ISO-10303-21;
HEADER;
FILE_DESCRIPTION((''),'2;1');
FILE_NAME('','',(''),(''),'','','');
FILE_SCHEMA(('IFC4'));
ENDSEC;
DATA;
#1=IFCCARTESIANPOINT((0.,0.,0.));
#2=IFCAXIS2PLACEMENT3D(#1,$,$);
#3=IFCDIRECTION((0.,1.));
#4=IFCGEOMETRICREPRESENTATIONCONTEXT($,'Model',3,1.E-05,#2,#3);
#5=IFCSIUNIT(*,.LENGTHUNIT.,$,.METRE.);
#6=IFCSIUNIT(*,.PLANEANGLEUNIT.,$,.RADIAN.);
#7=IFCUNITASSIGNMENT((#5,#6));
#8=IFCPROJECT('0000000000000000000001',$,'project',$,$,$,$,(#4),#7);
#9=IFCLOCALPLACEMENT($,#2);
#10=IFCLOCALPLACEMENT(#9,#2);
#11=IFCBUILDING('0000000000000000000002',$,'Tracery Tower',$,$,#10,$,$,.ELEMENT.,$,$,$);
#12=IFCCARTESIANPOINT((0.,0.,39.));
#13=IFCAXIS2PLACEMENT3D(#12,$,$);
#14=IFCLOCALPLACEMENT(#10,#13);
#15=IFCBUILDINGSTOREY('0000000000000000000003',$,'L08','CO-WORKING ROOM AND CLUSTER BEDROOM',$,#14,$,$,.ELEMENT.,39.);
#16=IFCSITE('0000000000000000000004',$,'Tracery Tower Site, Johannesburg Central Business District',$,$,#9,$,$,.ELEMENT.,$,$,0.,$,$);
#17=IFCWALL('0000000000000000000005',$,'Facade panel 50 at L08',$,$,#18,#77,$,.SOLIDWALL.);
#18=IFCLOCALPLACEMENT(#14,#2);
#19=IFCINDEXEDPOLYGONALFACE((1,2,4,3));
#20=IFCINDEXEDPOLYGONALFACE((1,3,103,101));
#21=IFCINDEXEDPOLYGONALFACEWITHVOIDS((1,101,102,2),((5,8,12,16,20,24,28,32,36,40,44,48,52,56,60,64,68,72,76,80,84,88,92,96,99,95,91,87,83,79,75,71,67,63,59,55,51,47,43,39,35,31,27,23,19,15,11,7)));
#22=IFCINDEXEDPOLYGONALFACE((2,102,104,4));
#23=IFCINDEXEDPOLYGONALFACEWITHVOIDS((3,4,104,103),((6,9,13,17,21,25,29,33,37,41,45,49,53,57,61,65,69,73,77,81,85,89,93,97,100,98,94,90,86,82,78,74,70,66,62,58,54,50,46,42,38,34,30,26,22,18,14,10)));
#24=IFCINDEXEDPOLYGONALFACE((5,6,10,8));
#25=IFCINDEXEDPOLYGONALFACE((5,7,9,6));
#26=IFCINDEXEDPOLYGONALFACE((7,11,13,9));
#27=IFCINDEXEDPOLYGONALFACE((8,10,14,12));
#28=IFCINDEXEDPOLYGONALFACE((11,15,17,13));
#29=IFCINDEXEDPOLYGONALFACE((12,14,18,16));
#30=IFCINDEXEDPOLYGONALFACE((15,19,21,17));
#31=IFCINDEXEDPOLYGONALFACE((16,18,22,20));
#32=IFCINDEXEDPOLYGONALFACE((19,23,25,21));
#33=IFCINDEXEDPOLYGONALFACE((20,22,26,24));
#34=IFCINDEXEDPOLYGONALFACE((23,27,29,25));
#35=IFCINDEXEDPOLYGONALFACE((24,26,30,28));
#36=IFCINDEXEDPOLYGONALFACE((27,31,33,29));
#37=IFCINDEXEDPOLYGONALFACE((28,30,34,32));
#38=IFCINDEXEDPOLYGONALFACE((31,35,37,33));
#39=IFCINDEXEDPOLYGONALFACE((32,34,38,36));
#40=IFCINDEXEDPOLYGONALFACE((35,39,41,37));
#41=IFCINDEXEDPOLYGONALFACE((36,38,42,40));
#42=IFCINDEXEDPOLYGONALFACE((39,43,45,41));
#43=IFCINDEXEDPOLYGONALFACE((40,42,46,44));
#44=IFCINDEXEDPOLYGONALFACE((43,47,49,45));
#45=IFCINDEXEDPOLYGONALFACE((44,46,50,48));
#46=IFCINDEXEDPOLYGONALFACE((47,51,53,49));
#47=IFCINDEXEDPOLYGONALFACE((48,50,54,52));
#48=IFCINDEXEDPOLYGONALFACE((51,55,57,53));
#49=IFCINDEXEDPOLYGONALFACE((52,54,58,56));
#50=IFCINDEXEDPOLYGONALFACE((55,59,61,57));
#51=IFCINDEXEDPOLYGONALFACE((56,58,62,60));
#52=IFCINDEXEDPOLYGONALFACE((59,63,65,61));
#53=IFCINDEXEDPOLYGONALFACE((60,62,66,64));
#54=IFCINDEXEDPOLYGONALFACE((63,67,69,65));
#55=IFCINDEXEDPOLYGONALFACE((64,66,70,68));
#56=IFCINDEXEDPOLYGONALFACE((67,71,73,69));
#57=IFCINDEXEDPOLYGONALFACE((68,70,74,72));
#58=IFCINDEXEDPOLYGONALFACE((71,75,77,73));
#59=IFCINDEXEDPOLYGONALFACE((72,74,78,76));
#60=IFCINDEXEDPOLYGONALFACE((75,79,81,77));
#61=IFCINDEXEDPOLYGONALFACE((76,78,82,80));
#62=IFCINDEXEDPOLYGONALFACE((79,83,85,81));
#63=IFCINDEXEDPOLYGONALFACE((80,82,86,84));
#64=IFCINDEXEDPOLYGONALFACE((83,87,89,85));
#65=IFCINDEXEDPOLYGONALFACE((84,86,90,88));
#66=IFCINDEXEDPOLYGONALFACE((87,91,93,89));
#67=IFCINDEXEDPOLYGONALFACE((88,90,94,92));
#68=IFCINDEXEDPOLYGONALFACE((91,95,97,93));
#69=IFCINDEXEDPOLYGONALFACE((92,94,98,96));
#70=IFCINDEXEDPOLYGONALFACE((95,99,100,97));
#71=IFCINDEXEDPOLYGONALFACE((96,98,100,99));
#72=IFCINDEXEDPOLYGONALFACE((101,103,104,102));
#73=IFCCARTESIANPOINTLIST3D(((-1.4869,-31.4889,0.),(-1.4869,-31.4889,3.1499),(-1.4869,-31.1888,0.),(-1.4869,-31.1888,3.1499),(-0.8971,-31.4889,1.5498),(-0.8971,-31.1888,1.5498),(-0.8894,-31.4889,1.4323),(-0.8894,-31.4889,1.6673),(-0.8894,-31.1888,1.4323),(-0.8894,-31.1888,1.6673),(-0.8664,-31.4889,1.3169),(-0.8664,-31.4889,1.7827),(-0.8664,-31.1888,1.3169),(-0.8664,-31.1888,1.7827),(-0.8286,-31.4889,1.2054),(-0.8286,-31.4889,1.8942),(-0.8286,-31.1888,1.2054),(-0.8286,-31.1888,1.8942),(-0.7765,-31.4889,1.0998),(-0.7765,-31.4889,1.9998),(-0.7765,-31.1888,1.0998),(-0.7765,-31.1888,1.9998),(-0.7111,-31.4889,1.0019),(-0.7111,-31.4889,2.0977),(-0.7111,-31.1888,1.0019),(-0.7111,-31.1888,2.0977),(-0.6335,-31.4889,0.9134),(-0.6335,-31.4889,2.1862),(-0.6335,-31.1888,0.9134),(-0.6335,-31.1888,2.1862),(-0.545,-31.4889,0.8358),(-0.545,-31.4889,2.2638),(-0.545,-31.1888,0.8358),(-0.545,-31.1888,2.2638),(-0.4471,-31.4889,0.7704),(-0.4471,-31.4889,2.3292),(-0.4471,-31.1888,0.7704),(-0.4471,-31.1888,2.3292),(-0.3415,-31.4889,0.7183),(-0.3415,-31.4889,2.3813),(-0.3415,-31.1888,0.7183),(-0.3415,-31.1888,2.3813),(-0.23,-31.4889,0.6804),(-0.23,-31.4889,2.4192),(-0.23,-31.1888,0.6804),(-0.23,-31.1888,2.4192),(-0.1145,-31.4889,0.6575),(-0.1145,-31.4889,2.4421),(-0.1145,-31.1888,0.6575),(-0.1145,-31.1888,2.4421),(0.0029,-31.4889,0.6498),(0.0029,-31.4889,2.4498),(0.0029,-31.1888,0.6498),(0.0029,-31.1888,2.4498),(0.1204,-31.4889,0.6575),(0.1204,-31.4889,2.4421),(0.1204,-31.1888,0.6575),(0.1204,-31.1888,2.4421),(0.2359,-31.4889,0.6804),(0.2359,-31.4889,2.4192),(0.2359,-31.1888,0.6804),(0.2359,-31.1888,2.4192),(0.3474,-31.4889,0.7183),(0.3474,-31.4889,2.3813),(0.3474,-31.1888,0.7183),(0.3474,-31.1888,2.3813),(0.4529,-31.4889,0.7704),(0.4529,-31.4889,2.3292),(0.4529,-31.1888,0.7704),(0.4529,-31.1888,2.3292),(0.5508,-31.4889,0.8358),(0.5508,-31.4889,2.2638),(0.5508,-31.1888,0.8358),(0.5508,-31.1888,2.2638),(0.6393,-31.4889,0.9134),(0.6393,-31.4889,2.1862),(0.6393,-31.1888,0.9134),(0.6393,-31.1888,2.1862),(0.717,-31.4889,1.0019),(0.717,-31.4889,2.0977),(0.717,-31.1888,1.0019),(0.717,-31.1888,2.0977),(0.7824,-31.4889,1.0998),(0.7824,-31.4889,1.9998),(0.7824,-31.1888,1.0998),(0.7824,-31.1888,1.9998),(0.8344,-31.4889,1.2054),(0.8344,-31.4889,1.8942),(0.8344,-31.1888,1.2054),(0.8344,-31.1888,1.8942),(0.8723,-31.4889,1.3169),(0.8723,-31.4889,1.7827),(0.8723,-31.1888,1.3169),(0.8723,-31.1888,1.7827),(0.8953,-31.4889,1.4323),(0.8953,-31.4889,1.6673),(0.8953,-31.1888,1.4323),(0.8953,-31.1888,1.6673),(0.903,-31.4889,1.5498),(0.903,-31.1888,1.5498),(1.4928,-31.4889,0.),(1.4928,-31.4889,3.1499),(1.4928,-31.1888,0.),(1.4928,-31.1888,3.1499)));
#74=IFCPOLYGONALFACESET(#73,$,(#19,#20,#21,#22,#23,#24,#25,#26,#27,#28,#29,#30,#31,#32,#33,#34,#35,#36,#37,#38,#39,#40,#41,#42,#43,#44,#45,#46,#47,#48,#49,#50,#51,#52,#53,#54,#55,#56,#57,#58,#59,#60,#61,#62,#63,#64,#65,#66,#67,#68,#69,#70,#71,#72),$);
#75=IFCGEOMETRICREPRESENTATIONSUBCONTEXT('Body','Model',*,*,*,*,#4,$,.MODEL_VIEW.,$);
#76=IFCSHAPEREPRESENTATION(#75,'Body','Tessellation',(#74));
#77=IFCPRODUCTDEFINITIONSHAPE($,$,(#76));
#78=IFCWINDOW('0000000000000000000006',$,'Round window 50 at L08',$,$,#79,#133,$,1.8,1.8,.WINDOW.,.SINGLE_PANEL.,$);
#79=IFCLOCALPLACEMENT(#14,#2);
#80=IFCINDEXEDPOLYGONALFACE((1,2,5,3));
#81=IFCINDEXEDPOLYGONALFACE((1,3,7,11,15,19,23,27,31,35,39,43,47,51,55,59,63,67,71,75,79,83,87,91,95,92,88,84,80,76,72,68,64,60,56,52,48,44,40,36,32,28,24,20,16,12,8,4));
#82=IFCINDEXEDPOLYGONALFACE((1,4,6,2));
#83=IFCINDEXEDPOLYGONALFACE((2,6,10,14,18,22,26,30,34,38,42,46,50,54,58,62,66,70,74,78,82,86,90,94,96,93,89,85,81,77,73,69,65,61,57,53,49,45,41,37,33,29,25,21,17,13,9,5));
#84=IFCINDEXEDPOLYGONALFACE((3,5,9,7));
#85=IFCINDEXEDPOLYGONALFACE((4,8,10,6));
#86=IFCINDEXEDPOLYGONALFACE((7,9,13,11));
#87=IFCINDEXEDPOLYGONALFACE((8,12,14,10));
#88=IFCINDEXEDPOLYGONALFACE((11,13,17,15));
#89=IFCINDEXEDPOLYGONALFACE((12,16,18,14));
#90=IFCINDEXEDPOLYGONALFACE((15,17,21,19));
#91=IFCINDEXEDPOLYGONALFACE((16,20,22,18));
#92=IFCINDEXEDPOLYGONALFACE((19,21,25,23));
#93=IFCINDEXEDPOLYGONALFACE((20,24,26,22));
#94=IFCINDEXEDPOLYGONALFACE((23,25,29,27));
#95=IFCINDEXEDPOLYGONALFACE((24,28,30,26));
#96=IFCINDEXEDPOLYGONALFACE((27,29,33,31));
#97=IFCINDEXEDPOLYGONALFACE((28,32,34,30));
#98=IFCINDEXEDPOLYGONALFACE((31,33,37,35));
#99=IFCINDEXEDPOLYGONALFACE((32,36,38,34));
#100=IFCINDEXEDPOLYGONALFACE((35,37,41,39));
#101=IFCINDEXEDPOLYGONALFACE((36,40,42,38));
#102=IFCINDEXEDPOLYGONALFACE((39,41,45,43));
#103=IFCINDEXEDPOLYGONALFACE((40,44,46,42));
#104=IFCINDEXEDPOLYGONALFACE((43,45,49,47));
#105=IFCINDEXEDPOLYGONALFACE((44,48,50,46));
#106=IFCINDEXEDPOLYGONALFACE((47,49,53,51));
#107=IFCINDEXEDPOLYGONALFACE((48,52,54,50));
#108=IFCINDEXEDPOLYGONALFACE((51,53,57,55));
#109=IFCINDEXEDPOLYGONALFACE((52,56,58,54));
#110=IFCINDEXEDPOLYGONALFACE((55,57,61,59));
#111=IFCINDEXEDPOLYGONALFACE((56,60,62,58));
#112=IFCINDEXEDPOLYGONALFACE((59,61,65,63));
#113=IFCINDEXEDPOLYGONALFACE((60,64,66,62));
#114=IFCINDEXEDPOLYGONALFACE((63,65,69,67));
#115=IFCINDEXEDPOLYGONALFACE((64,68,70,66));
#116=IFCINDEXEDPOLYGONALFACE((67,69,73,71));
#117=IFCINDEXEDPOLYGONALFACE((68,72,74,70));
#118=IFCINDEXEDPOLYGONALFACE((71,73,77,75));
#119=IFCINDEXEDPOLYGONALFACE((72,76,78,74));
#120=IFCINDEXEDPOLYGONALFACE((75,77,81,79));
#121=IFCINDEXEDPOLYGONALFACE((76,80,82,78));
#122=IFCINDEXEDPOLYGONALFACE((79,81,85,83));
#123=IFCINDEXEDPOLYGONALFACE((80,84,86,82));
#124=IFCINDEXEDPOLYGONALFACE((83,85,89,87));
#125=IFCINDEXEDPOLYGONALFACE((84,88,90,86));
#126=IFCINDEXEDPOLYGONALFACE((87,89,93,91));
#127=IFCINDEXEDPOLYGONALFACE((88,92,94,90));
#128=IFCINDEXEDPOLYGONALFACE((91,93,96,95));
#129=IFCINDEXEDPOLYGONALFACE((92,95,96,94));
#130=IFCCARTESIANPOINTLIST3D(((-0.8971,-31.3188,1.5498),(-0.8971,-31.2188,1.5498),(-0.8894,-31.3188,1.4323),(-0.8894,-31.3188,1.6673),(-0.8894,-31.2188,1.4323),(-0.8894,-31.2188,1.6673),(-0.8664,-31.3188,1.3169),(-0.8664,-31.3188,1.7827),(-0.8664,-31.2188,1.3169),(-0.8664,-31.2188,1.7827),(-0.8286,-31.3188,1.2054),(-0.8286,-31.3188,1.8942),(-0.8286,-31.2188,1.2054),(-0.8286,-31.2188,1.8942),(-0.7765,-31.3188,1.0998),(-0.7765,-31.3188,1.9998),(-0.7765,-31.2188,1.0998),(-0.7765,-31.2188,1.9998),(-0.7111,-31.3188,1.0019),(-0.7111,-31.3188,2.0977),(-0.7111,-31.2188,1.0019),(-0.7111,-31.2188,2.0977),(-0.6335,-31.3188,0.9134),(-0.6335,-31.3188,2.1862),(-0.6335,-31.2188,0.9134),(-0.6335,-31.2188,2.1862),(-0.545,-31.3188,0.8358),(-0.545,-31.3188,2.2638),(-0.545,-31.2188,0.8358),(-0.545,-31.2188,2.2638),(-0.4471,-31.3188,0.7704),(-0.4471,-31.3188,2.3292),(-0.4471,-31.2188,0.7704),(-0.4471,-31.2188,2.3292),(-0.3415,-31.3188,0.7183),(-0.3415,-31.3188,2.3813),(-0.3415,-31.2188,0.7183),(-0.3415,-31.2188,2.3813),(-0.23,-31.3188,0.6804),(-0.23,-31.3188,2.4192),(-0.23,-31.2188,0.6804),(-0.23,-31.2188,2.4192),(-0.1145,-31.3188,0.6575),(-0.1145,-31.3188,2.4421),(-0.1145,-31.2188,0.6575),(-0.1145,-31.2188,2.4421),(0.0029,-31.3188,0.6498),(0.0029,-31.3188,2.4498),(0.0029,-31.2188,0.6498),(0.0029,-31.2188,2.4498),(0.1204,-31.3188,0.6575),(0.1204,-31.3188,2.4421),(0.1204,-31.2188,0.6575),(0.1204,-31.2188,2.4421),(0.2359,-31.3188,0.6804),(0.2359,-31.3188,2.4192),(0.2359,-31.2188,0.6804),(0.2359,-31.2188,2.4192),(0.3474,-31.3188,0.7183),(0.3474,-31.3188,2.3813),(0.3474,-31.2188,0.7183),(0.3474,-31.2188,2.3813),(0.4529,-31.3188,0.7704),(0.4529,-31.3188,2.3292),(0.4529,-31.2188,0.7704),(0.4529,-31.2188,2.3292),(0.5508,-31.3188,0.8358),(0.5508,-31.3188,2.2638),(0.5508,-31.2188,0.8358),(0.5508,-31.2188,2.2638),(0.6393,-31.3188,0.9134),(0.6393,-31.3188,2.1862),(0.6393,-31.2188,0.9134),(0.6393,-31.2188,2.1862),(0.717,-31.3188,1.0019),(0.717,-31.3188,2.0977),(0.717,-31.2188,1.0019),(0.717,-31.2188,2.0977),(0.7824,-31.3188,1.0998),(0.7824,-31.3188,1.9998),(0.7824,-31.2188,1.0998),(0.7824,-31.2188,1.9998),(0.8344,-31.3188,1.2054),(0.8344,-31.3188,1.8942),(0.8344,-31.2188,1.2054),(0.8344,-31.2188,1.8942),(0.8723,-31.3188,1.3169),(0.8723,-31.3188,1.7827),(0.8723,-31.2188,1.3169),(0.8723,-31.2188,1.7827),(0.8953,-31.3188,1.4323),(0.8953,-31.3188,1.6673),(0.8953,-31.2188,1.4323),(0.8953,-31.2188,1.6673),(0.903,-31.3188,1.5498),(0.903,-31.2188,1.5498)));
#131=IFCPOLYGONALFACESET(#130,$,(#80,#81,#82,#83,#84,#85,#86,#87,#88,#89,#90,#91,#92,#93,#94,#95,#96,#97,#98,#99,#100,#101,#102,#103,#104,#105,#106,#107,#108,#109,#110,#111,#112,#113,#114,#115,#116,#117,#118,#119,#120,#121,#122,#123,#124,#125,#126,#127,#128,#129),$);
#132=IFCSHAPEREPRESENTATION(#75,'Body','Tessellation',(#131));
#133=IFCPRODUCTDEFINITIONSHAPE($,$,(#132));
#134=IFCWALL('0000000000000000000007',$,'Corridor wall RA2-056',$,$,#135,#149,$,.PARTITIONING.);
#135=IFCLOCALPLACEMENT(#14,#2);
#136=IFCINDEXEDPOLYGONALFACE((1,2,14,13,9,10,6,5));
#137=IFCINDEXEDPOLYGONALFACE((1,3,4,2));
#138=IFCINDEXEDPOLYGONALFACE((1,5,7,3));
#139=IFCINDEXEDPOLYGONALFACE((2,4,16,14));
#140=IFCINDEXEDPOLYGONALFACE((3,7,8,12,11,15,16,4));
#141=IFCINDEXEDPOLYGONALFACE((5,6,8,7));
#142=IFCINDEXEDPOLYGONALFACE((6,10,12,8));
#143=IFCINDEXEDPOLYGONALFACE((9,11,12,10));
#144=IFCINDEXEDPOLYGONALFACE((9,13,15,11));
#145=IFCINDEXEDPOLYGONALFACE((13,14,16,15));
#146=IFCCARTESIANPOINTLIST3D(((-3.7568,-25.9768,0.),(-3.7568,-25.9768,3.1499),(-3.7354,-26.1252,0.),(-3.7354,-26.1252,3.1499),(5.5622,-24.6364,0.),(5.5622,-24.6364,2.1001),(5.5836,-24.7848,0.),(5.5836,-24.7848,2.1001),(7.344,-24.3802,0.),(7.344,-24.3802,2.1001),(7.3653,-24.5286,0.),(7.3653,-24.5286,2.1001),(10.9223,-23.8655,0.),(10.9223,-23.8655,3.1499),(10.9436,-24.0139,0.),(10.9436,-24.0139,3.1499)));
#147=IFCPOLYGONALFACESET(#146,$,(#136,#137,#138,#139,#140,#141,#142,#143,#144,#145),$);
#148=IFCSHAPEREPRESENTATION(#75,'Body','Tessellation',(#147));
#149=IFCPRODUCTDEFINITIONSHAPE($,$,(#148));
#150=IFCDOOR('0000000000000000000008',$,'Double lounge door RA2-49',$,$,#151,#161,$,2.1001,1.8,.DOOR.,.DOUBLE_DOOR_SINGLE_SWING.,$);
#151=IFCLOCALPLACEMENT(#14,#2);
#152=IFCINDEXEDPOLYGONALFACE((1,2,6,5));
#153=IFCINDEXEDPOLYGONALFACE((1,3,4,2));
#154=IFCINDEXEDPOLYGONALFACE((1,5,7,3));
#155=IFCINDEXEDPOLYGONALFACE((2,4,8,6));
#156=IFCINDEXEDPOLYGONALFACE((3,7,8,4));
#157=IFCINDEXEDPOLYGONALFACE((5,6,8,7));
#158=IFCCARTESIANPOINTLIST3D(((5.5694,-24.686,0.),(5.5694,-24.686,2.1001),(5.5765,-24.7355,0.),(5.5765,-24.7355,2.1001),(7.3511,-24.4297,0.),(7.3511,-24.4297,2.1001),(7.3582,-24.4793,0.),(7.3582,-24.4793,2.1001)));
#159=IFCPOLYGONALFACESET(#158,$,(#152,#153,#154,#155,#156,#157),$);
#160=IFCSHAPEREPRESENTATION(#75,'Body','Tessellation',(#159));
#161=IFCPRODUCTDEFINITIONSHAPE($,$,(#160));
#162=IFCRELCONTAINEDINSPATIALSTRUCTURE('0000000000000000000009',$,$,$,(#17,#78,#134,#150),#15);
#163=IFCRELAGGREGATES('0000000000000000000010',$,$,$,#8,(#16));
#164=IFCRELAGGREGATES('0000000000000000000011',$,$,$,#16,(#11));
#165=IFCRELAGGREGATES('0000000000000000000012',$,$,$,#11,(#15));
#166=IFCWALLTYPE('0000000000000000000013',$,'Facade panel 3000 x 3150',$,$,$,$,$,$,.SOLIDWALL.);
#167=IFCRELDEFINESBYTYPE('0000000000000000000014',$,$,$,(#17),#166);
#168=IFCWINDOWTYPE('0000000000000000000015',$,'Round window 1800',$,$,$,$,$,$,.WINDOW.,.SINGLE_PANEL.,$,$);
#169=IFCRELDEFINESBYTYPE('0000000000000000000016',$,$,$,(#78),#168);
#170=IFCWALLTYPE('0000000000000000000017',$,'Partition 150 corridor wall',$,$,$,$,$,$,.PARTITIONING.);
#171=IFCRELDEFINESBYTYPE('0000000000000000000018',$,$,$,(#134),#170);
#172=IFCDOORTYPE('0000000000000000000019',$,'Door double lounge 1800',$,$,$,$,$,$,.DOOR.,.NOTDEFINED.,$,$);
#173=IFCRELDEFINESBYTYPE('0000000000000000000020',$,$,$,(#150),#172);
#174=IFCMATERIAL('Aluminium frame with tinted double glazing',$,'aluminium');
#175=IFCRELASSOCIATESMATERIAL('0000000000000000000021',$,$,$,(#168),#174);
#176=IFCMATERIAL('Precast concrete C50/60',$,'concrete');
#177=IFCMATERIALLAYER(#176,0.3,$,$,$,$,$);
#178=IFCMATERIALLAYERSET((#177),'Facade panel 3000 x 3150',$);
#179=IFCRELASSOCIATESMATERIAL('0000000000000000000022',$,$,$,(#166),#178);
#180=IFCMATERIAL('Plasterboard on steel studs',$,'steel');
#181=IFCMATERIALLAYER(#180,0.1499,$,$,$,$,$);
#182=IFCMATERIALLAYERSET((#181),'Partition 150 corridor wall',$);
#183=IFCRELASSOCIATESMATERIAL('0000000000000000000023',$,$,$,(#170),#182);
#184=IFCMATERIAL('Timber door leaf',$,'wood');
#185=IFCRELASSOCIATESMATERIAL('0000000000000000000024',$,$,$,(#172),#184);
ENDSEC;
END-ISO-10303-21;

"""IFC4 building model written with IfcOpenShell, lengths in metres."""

from ifc_helpers import new_model, si_unit, direction, frame, frame_2d, origin, origin_2d, place, context, subcontext, project, spatial, rectangle, circle, extrude, material, layer, layer_set, type_object, element, fill, save


model = new_model("IFC4")

# Units and contexts
model_context = context("Model", 3, precision=1e-05, world=origin(), true_north=direction((0.0, 1.0)))
body_context = subcontext(model_context, "Body", "Model", "MODEL_VIEW")
ifc_project = project(units=[si_unit("LENGTHUNIT", "METRE"), si_unit("PLANEANGLEUNIT", "RADIAN")], contexts=[model_context])

# Site, building, storey
site_placement = place(None, origin())
site = spatial("IfcSite", under=ifc_project, at=site_placement, Name="Tracery Tower Site, Johannesburg Central Business District", CompositionType="ELEMENT", RefElevation=0.0)
building_placement = place(site_placement, origin())
building = spatial("IfcBuilding", under=site, at=building_placement, Name="Tracery Tower", CompositionType="ELEMENT")
storey_placement = place(building_placement, frame((0.0, 0.0, 39.0)))
storey = spatial("IfcBuildingStorey", under=building, at=storey_placement, Name="L08", Description="CO-WORKING ROOM AND CLUSTER BEDROOM", CompositionType="ELEMENT", Elevation=39.0)

# Wall, opening, window
ifc_material_1 = material(Name="Aluminium frame with tinted double glazing", Category="aluminium")
window_type = type_object("IfcWindowType", Name="Round window 1800", PartitioningType="SINGLE_PANEL", PredefinedType="WINDOW", material=ifc_material_1)
ifc_material_2 = material(Name="Precast concrete C50/60", Category="concrete")
ifc_layer_1 = layer(ifc_material_2, 0.3)
ifc_layer_set_1 = layer_set([ifc_layer_1], Name="Facade panel 3000 x 3150")
wall_type_1 = type_object("IfcWallType", Name="Facade panel 3000 x 3150", PredefinedType="SOLIDWALL", material=ifc_layer_set_1)
wall_1_placement = place(storey_placement, frame((-1.4868, -31.3389, 0.0), z_axis=(0.0, 0.0, 1.0), x_axis=(1.0, 0.0, 0.0)))
wall_1 = element("IfcWall", 1, at=wall_1_placement, inside=storey, type_object=wall_type_1, Name="Facade panel 50 at L08", PredefinedType="SOLIDWALL", context=body_context, shape_type="SweptSolid", body=[
    extrude(rectangle(XDim=2.9797, YDim=0.3, at=frame_2d((1.4897, 0.0))), origin(), (0.0, 0.0, 1.0), 3.1499),
])
opening_1_placement = place(wall_1_placement, frame((1.4897, 0.0, 1.5498)))
opening_1 = element("IfcOpeningElement", 2, at=opening_1_placement, cuts=wall_1, PredefinedType="OPENING", context=body_context, shape_type="SweptSolid", body=[
    extrude(circle(Radius=0.9, at=origin_2d()), frame((0.0, 0.1599, 0.0), z_axis=(0.0, -1.0, 0.0), x_axis=(1.0, 0.0, 0.0)), (0.0, 0.0, 1.0), 0.3201),
])
window_1_placement = place(opening_1_placement, origin())
window_1 = element("IfcWindow", 3, at=window_1_placement, inside=storey, type_object=window_type, Name="Round window 50 at L08", OverallHeight=1.8, OverallWidth=1.8, PartitioningType="SINGLE_PANEL", PredefinedType="WINDOW", context=body_context, shape_type="SweptSolid", body=[
    extrude(circle(Radius=0.9, at=origin_2d()), frame((0.0, 0.1201, 0.0), z_axis=(0.0, -1.0, 0.0), x_axis=(1.0, 0.0, 0.0)), (0.0, 0.0, 1.0), 0.1001),
])
fill(opening_1, window_1)

# Wall, opening, door
ifc_material_3 = material(Name="Plasterboard on steel studs", Category="steel")
ifc_layer_2 = layer(ifc_material_3, 0.1499)
ifc_layer_set_2 = layer_set([ifc_layer_2], Name="Partition 150 corridor wall")
wall_type_2 = type_object("IfcWallType", Name="Partition 150 corridor wall", PredefinedType="PARTITIONING", material=ifc_layer_set_2)
wall_2_placement = place(storey_placement, frame((-3.7461, -26.051, 0.0), z_axis=(0.0, 0.0, 1.0), x_axis=(0.989814, 0.142369, 0.0)))
wall_2 = element("IfcWall", 4, at=wall_2_placement, inside=storey, type_object=wall_type_2, Name="Corridor wall RA2-056", PredefinedType="PARTITIONING", context=body_context, shape_type="SweptSolid", body=[
    extrude(rectangle(XDim=14.8301, YDim=0.1499, at=frame_2d((7.415, 0.0))), origin(), (0.0, 0.0, 1.0), 3.1499),
])
opening_2_placement = place(wall_2_placement, frame((9.415, 0.0, 0.0)))
opening_2 = element("IfcOpeningElement", 5, at=opening_2_placement, cuts=wall_2, PredefinedType="OPENING", context=body_context, shape_type="SweptSolid", body=[
    extrude(rectangle(XDim=1.8, YDim=2.1001, at=frame_2d((0.8999, 1.05))), frame((0.0, 0.075, 0.0), z_axis=(0.0, -1.0, 0.0), x_axis=(1.0, 0.0, 0.0)), (0.0, 0.0, 1.0), 0.1499),
])
ifc_material_4 = material(Name="Timber door leaf", Category="wood")
door_type = type_object("IfcDoorType", Name="Door double lounge 1800", OperationType="NOTDEFINED", PredefinedType="DOOR", material=ifc_material_4)
door_placement = place(opening_2_placement, origin())
door = element("IfcDoor", 6, at=door_placement, inside=storey, type_object=door_type, Name="Double lounge door RA2-49", OperationType="DOUBLE_DOOR_SINGLE_SWING", OverallHeight=2.1001, OverallWidth=1.8, PredefinedType="DOOR", context=body_context, shape_type="SweptSolid", body=[
    extrude(rectangle(XDim=1.8, YDim=2.1001, at=frame_2d((0.8999, 1.05))), frame((0.0, 0.0249, 0.0), z_axis=(0.0, -1.0, 0.0), x_axis=(1.0, 0.0, 0.0)), (0.0, 0.0, 1.0), 0.05),
])
fill(opening_2, door)

save(model, "model.ifc")
